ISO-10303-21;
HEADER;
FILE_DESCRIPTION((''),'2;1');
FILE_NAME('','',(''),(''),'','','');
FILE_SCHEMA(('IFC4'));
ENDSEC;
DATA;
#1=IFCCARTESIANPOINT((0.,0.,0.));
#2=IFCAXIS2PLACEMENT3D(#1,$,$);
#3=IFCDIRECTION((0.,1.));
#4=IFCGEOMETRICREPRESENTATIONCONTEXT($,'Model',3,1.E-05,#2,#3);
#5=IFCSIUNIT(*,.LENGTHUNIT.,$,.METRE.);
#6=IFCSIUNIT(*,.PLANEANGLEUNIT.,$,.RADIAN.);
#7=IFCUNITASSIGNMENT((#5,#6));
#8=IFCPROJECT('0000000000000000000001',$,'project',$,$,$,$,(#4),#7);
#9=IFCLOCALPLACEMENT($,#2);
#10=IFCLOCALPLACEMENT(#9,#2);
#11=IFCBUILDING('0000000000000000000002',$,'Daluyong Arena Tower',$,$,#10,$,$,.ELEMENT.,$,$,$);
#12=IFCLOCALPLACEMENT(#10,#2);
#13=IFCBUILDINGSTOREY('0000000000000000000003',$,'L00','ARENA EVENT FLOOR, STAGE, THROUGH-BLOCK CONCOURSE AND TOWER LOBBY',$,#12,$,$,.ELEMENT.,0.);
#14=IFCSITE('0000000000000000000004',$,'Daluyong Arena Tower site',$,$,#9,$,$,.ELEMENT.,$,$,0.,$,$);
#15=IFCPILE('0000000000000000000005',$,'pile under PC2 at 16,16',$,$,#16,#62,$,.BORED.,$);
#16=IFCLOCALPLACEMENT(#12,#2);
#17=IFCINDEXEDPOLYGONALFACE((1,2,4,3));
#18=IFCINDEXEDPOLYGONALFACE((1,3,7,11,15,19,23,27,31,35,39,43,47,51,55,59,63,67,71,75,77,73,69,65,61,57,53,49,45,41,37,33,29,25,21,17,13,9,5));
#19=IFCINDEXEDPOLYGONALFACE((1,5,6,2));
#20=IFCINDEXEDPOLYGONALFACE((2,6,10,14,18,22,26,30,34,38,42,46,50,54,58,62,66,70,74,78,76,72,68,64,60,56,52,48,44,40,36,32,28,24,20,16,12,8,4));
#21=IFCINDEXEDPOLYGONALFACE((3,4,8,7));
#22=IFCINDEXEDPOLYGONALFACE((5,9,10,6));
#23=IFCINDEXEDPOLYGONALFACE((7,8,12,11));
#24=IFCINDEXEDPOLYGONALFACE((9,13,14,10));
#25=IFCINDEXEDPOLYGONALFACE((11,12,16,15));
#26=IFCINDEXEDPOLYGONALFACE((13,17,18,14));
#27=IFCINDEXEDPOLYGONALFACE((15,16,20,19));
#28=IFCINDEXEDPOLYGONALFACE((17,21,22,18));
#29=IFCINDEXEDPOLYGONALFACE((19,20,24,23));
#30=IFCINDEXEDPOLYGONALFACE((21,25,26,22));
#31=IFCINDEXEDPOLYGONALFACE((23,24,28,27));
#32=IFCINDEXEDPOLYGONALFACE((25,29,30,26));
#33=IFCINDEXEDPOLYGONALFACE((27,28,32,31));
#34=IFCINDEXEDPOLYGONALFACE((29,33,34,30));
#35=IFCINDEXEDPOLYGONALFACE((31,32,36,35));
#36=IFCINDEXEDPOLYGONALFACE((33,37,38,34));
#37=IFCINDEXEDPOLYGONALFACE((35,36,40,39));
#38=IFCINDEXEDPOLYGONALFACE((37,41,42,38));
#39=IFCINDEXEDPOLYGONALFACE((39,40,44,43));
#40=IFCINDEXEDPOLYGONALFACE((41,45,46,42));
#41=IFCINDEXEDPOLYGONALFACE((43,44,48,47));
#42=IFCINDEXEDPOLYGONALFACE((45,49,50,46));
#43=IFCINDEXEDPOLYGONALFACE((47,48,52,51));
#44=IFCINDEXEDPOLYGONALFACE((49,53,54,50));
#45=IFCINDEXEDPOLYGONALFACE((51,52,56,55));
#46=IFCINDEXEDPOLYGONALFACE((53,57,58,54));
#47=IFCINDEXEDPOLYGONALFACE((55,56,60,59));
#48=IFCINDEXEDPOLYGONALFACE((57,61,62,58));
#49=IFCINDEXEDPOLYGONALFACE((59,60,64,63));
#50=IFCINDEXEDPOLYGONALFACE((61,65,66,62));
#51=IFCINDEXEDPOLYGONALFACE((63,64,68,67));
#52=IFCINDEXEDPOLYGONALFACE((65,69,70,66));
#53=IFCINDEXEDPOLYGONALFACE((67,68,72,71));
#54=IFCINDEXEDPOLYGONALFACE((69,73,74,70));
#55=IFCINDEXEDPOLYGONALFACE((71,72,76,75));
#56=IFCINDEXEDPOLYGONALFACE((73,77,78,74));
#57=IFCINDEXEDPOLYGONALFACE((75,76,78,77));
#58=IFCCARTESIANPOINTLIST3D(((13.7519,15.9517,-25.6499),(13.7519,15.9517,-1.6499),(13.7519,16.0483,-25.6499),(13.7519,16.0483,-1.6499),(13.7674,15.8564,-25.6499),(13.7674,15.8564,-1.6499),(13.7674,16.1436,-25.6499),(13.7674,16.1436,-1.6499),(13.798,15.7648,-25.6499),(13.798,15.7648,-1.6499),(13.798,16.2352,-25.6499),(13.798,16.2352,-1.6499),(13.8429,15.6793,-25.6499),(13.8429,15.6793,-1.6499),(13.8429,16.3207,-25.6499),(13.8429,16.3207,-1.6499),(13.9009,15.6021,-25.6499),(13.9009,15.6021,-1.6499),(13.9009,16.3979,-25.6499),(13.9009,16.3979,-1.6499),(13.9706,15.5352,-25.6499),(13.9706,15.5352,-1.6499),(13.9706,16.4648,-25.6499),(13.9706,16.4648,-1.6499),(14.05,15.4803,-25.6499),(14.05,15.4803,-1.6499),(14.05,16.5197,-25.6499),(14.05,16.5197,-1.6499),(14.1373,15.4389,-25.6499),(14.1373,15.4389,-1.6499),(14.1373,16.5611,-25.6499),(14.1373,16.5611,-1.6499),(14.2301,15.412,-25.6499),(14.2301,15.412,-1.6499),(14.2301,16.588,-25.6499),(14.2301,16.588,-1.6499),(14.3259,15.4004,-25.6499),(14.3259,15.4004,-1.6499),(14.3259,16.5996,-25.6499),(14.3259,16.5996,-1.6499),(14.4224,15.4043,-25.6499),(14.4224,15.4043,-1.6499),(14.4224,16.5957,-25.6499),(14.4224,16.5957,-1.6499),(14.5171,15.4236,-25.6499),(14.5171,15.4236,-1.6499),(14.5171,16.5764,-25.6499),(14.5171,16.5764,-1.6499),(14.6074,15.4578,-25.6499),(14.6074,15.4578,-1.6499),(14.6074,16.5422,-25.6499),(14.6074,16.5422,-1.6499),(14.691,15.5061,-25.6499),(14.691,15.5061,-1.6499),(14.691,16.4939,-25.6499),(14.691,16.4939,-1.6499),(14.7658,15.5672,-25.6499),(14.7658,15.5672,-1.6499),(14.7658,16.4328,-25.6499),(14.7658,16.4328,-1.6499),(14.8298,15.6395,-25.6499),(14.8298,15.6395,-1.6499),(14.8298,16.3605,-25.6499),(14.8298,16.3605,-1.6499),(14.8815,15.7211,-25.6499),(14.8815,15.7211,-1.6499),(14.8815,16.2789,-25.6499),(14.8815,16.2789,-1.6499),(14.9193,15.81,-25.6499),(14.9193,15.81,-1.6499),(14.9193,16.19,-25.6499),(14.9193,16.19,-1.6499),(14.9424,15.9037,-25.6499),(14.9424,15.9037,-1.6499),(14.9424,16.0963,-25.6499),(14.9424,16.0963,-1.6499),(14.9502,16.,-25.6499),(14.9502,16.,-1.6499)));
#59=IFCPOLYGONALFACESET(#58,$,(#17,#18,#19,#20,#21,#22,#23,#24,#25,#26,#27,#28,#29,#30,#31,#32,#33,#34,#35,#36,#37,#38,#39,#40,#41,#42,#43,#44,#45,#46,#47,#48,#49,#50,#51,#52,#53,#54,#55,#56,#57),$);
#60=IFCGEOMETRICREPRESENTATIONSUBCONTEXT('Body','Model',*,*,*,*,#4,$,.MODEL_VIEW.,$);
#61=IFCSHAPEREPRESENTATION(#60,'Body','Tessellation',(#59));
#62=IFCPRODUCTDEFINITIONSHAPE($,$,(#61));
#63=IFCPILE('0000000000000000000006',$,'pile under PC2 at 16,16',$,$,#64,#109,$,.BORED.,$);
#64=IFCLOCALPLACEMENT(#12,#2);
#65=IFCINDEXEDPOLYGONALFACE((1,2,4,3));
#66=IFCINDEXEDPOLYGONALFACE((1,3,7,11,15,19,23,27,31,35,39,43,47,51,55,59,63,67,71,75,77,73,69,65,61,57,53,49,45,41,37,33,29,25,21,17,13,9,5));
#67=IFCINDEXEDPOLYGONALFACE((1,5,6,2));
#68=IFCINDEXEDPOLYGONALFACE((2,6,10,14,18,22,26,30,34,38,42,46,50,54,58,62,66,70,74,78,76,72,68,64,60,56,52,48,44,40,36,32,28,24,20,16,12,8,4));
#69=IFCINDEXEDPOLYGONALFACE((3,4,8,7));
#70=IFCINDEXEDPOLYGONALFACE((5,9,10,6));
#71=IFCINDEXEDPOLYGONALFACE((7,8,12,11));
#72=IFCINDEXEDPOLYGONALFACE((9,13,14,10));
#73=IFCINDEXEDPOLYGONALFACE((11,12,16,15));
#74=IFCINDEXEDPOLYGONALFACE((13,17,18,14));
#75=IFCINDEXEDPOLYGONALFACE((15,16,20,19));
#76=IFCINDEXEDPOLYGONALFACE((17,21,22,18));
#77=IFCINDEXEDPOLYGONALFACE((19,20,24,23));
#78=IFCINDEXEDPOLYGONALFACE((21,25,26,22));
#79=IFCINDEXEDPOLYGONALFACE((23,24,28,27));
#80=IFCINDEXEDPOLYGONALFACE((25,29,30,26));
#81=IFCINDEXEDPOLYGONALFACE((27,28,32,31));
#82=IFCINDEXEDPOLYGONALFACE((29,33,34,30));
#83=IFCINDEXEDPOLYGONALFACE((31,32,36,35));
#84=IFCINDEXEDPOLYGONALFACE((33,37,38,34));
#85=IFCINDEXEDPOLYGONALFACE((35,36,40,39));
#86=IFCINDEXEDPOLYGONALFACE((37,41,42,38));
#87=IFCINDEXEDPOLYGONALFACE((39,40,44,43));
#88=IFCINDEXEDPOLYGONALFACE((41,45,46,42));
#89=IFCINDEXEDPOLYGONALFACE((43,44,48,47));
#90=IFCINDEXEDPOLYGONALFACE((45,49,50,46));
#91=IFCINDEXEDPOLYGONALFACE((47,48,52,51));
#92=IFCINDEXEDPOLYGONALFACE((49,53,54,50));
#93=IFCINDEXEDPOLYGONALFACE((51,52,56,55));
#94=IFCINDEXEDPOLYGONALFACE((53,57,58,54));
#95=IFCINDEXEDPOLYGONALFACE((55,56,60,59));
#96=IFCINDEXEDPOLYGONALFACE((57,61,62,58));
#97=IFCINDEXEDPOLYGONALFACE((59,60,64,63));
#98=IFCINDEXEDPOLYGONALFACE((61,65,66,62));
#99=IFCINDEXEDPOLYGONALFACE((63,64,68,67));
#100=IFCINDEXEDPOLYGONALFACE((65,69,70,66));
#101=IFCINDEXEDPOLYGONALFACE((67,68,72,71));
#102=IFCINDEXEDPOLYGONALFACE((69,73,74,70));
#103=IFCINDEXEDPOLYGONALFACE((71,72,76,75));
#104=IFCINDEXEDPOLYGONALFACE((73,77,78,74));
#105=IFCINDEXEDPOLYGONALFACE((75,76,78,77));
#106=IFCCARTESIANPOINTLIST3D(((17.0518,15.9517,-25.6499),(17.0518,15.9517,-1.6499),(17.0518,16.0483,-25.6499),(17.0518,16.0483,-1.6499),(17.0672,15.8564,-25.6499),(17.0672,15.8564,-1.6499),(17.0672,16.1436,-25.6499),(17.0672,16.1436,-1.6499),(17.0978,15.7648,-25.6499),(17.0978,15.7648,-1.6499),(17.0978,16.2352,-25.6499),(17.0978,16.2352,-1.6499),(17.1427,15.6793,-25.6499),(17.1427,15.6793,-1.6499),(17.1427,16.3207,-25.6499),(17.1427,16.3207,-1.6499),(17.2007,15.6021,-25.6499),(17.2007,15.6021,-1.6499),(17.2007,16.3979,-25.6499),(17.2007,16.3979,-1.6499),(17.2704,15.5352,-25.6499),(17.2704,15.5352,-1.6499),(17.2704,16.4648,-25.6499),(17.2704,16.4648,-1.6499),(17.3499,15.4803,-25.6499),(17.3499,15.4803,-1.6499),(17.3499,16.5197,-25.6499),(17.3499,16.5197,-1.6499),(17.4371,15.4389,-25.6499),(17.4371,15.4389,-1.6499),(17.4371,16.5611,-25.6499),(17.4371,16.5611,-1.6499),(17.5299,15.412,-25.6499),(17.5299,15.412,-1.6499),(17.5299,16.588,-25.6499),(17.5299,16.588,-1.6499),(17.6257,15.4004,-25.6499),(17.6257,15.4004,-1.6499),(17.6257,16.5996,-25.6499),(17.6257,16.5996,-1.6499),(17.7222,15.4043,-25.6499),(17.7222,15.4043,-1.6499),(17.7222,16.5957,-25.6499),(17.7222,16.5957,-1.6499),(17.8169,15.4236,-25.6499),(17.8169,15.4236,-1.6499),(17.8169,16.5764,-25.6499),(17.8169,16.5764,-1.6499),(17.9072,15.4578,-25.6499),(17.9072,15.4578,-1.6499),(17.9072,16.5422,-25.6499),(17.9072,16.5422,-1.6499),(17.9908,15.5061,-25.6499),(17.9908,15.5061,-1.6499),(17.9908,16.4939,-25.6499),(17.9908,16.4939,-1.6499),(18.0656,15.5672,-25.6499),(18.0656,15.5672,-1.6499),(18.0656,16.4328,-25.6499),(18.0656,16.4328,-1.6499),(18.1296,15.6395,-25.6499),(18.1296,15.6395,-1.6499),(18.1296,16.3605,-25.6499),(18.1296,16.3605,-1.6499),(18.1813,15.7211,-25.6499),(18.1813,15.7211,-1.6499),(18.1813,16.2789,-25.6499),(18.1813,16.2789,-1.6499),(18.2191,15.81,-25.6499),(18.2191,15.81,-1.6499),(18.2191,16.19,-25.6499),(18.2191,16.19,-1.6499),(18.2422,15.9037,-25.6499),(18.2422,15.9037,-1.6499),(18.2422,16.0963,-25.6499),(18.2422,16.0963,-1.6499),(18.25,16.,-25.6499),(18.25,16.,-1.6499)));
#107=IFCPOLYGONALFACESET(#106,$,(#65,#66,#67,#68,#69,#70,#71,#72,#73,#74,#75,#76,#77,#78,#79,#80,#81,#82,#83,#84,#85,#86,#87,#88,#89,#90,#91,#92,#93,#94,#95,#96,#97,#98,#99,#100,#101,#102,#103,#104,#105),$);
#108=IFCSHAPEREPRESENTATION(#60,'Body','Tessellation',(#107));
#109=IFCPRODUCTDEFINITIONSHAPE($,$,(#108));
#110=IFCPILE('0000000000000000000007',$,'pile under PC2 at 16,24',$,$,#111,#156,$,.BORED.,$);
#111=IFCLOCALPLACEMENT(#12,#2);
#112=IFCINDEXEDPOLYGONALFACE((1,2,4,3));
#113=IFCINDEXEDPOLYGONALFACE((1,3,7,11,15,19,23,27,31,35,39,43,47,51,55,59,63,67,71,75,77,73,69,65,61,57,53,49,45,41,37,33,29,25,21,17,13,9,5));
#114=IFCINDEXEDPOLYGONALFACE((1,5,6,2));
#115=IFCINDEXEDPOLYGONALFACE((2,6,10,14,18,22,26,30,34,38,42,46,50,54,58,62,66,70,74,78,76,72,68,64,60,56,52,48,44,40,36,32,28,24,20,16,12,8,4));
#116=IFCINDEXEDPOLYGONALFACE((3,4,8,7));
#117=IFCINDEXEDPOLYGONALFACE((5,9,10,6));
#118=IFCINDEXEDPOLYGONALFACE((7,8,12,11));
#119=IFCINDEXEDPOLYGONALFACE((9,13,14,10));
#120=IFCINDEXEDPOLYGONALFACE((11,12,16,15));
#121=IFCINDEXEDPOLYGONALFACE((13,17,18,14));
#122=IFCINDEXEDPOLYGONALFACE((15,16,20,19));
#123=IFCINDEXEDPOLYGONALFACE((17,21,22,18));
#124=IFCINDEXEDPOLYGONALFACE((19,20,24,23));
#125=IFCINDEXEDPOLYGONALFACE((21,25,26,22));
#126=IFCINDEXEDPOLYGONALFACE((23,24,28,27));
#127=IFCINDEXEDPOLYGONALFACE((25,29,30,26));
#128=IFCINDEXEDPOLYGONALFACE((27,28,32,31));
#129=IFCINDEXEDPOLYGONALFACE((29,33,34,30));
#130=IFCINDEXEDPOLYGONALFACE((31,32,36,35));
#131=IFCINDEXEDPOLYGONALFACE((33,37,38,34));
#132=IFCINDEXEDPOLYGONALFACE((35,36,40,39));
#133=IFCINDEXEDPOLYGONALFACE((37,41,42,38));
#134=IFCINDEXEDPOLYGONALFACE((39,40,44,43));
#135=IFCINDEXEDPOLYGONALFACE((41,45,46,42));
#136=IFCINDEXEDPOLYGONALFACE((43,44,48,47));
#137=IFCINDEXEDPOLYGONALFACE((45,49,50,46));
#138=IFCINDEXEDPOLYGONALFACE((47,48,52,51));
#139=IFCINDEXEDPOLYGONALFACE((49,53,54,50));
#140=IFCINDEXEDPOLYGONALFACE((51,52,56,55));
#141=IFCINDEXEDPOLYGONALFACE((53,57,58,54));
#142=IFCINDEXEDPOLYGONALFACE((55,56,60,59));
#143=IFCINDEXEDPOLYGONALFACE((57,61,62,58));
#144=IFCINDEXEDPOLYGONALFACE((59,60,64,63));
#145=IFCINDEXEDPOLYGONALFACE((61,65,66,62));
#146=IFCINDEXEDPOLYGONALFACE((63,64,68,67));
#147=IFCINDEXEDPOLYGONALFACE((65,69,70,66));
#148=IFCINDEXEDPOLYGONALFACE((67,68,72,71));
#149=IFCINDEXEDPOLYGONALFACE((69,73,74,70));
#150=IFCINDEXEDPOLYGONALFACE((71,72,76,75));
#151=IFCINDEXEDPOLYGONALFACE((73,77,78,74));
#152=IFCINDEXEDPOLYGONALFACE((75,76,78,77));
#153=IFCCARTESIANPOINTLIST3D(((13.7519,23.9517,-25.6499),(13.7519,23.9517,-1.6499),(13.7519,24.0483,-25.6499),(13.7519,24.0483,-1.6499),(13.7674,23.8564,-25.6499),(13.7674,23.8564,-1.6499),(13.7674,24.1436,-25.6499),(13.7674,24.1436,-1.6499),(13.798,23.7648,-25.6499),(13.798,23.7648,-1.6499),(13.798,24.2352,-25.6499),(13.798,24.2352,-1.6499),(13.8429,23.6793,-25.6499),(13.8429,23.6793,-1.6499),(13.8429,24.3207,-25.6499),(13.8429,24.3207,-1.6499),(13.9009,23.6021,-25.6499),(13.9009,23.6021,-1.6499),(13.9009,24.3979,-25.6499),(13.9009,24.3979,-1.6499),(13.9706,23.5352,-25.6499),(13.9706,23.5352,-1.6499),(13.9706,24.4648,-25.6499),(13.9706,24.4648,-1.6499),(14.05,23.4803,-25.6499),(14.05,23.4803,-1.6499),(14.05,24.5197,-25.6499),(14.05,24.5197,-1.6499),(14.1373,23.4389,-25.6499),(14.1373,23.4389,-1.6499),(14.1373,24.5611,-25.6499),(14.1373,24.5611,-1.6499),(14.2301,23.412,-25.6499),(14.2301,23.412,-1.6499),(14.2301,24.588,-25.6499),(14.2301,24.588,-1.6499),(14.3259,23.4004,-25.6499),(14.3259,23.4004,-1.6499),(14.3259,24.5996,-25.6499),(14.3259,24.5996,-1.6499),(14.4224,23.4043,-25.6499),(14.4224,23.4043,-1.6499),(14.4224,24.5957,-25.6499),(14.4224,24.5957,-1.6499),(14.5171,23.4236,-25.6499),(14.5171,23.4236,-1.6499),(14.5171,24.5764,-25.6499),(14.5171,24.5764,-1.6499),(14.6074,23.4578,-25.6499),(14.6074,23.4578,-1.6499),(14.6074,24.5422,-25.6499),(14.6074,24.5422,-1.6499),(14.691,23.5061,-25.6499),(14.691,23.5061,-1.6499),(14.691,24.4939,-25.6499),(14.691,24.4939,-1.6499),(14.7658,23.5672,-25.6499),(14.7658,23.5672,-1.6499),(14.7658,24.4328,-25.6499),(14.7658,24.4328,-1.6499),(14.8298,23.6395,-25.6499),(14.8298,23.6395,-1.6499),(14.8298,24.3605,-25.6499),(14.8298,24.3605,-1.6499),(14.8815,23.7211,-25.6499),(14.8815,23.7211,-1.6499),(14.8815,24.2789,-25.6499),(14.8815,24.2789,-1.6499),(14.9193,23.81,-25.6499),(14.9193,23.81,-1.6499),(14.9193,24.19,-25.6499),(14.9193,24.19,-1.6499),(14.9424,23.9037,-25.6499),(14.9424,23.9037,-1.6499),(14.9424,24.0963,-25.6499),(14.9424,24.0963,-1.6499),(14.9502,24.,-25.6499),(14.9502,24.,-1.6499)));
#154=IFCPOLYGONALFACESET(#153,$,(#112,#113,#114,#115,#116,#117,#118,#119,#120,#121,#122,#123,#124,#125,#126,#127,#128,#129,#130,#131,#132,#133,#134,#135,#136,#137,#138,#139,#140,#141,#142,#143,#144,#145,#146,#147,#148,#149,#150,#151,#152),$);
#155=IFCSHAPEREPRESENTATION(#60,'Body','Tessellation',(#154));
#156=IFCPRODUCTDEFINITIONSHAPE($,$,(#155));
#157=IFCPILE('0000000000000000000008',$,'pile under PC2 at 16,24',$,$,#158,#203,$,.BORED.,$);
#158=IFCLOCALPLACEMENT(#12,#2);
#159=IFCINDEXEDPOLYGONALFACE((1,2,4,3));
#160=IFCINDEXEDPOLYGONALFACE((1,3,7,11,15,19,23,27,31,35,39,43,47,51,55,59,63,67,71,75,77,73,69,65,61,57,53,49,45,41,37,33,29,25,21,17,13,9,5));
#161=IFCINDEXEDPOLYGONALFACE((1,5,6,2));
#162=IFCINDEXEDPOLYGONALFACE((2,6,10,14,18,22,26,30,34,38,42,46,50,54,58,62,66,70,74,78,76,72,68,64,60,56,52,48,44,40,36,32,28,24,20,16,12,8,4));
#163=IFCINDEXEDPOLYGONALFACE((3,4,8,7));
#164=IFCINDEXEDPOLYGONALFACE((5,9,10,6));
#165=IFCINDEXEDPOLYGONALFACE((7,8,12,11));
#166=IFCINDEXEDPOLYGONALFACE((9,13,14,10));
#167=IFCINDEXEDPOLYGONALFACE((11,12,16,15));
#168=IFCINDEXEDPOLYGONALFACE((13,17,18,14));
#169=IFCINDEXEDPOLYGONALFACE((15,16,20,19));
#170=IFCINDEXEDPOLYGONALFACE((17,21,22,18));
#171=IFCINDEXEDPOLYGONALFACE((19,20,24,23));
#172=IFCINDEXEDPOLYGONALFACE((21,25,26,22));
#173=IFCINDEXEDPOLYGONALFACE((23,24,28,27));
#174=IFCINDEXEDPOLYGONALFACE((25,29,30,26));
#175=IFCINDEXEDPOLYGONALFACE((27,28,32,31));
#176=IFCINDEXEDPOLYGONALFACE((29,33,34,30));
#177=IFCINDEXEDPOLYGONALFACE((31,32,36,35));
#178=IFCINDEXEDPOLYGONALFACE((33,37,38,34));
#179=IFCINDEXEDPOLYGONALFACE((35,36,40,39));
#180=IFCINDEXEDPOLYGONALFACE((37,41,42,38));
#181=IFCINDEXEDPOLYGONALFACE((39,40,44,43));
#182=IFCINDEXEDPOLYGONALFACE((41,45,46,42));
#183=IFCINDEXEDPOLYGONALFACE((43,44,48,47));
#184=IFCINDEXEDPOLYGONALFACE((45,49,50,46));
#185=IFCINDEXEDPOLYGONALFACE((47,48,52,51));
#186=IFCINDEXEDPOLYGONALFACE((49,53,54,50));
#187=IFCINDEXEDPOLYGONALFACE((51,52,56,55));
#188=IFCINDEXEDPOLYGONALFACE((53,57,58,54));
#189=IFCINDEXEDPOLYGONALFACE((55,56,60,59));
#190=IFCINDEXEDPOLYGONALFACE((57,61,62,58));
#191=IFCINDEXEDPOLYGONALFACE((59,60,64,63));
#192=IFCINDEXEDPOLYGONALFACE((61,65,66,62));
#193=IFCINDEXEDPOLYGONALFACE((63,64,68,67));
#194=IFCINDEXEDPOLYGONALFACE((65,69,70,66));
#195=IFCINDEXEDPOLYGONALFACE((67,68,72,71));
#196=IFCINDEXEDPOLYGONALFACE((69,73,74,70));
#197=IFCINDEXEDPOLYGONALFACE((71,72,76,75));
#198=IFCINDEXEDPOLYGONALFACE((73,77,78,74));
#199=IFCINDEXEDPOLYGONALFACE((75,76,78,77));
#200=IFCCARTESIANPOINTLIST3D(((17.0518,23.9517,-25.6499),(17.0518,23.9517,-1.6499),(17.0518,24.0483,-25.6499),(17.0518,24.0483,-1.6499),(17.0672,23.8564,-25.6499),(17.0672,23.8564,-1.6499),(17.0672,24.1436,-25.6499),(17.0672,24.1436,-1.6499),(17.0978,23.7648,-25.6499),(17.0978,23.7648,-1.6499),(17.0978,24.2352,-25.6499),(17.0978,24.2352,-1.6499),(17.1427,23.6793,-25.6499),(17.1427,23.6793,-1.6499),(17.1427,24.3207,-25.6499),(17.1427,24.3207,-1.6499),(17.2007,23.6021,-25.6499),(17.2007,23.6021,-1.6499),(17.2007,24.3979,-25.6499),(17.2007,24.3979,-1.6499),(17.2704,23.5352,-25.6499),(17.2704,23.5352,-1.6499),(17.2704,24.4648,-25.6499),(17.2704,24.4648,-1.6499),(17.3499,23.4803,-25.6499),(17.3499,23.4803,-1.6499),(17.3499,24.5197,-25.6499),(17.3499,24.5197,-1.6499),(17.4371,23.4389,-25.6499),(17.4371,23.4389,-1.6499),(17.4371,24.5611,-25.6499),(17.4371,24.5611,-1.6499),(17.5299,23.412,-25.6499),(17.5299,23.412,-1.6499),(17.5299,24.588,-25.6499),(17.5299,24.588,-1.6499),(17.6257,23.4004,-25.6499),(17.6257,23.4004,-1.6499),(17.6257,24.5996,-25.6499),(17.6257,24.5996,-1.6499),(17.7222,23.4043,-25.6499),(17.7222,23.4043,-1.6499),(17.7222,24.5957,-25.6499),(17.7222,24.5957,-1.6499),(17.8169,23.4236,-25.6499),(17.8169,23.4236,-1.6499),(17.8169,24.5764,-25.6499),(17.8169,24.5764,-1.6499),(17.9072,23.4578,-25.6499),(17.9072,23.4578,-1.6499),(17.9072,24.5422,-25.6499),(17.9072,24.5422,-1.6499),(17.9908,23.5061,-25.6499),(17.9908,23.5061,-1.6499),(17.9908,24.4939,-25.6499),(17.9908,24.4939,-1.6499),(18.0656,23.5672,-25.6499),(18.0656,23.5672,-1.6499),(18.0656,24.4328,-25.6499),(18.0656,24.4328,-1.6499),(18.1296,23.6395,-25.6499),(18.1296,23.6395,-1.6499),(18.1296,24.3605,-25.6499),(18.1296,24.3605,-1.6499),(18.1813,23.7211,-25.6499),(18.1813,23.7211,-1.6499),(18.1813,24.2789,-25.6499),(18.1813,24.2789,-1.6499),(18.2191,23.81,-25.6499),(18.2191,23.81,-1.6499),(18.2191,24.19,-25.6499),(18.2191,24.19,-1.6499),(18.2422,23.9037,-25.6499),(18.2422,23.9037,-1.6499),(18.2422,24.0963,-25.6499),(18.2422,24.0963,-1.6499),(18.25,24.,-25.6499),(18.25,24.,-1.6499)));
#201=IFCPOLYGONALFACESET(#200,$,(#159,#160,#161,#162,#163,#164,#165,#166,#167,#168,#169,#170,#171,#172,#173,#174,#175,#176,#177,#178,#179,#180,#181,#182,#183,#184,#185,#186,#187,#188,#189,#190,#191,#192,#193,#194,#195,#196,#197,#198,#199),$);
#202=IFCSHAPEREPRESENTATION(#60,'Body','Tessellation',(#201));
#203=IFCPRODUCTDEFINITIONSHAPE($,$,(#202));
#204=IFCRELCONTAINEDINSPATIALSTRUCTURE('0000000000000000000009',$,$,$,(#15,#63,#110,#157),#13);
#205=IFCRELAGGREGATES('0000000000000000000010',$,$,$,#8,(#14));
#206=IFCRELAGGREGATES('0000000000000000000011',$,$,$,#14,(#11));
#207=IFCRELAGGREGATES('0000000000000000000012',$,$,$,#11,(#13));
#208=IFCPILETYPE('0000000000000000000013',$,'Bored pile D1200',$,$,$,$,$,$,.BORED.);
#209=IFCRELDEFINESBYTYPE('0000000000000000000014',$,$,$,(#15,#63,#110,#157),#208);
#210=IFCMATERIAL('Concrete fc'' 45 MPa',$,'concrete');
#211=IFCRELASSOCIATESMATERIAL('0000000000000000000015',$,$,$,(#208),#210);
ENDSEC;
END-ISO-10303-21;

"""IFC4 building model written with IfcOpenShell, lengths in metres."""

from ifc_helpers import new_model, si_unit, direction, frame, origin, origin_2d, place, context, subcontext, project, spatial, circle, extrude, material, type_object, element, save


model = new_model("IFC4")

# Units and contexts
model_context = context("Model", 3, precision=1e-05, world=origin(), true_north=direction((0.0, 1.0)))
body_context = subcontext(model_context, "Body", "Model", "MODEL_VIEW")
ifc_project = project(units=[si_unit("LENGTHUNIT", "METRE"), si_unit("PLANEANGLEUNIT", "RADIAN")], contexts=[model_context])

# Site, building, storey
site_placement = place(None, origin())
site = spatial("IfcSite", under=ifc_project, at=site_placement, Name="Daluyong Arena Tower site", CompositionType="ELEMENT", RefElevation=0.0)
building_placement = place(site_placement, origin())
building = spatial("IfcBuilding", under=site, at=building_placement, Name="Daluyong Arena Tower", CompositionType="ELEMENT")
storey_placement = place(building_placement, origin())
storey = spatial("IfcBuildingStorey", under=building, at=storey_placement, Name="L00", Description="ARENA EVENT FLOOR, STAGE, THROUGH-BLOCK CONCOURSE AND TOWER LOBBY", CompositionType="ELEMENT", Elevation=0.0)

# Piles
ifc_material_1 = material(Name="Concrete fc' 45 MPa", Category="concrete")
pile_type = type_object("IfcPileType", Name="Bored pile D1200", PredefinedType="BORED", material=ifc_material_1)
for number, where, z_axis, x_axis, name in (
    (1, (14.3501, 16.0, -1.6499), (0.0, 0.0, -1.0), (1.0, 0.0, 0.0), "pile under PC2 at 16,16"),
    (2, (17.6499, 16.0, -1.6499), (0.0, 0.0, -1.0), (1.0, 0.0, 0.0), "pile under PC2 at 16,16"),
    (3, (14.3501, 24.0, -1.6499), (0.0, 0.0, -1.0), (1.0, 0.0, 0.0), "pile under PC2 at 16,24"),
    (4, (17.6499, 24.0, -1.6499), (0.0, 0.0, -1.0), (1.0, 0.0, 0.0), "pile under PC2 at 16,24"),
):
    element("IfcPile", number, at=place(storey_placement, frame(where, z_axis=z_axis, x_axis=x_axis)), inside=storey, type_object=pile_type, Name=name, PredefinedType="BORED", context=body_context, shape_type="SweptSolid", body=[
        extrude(circle(Radius=0.6001, at=origin_2d()), origin(), (0.0, 0.0, 1.0), 24.0),
    ])

save(model, "model.ifc")
